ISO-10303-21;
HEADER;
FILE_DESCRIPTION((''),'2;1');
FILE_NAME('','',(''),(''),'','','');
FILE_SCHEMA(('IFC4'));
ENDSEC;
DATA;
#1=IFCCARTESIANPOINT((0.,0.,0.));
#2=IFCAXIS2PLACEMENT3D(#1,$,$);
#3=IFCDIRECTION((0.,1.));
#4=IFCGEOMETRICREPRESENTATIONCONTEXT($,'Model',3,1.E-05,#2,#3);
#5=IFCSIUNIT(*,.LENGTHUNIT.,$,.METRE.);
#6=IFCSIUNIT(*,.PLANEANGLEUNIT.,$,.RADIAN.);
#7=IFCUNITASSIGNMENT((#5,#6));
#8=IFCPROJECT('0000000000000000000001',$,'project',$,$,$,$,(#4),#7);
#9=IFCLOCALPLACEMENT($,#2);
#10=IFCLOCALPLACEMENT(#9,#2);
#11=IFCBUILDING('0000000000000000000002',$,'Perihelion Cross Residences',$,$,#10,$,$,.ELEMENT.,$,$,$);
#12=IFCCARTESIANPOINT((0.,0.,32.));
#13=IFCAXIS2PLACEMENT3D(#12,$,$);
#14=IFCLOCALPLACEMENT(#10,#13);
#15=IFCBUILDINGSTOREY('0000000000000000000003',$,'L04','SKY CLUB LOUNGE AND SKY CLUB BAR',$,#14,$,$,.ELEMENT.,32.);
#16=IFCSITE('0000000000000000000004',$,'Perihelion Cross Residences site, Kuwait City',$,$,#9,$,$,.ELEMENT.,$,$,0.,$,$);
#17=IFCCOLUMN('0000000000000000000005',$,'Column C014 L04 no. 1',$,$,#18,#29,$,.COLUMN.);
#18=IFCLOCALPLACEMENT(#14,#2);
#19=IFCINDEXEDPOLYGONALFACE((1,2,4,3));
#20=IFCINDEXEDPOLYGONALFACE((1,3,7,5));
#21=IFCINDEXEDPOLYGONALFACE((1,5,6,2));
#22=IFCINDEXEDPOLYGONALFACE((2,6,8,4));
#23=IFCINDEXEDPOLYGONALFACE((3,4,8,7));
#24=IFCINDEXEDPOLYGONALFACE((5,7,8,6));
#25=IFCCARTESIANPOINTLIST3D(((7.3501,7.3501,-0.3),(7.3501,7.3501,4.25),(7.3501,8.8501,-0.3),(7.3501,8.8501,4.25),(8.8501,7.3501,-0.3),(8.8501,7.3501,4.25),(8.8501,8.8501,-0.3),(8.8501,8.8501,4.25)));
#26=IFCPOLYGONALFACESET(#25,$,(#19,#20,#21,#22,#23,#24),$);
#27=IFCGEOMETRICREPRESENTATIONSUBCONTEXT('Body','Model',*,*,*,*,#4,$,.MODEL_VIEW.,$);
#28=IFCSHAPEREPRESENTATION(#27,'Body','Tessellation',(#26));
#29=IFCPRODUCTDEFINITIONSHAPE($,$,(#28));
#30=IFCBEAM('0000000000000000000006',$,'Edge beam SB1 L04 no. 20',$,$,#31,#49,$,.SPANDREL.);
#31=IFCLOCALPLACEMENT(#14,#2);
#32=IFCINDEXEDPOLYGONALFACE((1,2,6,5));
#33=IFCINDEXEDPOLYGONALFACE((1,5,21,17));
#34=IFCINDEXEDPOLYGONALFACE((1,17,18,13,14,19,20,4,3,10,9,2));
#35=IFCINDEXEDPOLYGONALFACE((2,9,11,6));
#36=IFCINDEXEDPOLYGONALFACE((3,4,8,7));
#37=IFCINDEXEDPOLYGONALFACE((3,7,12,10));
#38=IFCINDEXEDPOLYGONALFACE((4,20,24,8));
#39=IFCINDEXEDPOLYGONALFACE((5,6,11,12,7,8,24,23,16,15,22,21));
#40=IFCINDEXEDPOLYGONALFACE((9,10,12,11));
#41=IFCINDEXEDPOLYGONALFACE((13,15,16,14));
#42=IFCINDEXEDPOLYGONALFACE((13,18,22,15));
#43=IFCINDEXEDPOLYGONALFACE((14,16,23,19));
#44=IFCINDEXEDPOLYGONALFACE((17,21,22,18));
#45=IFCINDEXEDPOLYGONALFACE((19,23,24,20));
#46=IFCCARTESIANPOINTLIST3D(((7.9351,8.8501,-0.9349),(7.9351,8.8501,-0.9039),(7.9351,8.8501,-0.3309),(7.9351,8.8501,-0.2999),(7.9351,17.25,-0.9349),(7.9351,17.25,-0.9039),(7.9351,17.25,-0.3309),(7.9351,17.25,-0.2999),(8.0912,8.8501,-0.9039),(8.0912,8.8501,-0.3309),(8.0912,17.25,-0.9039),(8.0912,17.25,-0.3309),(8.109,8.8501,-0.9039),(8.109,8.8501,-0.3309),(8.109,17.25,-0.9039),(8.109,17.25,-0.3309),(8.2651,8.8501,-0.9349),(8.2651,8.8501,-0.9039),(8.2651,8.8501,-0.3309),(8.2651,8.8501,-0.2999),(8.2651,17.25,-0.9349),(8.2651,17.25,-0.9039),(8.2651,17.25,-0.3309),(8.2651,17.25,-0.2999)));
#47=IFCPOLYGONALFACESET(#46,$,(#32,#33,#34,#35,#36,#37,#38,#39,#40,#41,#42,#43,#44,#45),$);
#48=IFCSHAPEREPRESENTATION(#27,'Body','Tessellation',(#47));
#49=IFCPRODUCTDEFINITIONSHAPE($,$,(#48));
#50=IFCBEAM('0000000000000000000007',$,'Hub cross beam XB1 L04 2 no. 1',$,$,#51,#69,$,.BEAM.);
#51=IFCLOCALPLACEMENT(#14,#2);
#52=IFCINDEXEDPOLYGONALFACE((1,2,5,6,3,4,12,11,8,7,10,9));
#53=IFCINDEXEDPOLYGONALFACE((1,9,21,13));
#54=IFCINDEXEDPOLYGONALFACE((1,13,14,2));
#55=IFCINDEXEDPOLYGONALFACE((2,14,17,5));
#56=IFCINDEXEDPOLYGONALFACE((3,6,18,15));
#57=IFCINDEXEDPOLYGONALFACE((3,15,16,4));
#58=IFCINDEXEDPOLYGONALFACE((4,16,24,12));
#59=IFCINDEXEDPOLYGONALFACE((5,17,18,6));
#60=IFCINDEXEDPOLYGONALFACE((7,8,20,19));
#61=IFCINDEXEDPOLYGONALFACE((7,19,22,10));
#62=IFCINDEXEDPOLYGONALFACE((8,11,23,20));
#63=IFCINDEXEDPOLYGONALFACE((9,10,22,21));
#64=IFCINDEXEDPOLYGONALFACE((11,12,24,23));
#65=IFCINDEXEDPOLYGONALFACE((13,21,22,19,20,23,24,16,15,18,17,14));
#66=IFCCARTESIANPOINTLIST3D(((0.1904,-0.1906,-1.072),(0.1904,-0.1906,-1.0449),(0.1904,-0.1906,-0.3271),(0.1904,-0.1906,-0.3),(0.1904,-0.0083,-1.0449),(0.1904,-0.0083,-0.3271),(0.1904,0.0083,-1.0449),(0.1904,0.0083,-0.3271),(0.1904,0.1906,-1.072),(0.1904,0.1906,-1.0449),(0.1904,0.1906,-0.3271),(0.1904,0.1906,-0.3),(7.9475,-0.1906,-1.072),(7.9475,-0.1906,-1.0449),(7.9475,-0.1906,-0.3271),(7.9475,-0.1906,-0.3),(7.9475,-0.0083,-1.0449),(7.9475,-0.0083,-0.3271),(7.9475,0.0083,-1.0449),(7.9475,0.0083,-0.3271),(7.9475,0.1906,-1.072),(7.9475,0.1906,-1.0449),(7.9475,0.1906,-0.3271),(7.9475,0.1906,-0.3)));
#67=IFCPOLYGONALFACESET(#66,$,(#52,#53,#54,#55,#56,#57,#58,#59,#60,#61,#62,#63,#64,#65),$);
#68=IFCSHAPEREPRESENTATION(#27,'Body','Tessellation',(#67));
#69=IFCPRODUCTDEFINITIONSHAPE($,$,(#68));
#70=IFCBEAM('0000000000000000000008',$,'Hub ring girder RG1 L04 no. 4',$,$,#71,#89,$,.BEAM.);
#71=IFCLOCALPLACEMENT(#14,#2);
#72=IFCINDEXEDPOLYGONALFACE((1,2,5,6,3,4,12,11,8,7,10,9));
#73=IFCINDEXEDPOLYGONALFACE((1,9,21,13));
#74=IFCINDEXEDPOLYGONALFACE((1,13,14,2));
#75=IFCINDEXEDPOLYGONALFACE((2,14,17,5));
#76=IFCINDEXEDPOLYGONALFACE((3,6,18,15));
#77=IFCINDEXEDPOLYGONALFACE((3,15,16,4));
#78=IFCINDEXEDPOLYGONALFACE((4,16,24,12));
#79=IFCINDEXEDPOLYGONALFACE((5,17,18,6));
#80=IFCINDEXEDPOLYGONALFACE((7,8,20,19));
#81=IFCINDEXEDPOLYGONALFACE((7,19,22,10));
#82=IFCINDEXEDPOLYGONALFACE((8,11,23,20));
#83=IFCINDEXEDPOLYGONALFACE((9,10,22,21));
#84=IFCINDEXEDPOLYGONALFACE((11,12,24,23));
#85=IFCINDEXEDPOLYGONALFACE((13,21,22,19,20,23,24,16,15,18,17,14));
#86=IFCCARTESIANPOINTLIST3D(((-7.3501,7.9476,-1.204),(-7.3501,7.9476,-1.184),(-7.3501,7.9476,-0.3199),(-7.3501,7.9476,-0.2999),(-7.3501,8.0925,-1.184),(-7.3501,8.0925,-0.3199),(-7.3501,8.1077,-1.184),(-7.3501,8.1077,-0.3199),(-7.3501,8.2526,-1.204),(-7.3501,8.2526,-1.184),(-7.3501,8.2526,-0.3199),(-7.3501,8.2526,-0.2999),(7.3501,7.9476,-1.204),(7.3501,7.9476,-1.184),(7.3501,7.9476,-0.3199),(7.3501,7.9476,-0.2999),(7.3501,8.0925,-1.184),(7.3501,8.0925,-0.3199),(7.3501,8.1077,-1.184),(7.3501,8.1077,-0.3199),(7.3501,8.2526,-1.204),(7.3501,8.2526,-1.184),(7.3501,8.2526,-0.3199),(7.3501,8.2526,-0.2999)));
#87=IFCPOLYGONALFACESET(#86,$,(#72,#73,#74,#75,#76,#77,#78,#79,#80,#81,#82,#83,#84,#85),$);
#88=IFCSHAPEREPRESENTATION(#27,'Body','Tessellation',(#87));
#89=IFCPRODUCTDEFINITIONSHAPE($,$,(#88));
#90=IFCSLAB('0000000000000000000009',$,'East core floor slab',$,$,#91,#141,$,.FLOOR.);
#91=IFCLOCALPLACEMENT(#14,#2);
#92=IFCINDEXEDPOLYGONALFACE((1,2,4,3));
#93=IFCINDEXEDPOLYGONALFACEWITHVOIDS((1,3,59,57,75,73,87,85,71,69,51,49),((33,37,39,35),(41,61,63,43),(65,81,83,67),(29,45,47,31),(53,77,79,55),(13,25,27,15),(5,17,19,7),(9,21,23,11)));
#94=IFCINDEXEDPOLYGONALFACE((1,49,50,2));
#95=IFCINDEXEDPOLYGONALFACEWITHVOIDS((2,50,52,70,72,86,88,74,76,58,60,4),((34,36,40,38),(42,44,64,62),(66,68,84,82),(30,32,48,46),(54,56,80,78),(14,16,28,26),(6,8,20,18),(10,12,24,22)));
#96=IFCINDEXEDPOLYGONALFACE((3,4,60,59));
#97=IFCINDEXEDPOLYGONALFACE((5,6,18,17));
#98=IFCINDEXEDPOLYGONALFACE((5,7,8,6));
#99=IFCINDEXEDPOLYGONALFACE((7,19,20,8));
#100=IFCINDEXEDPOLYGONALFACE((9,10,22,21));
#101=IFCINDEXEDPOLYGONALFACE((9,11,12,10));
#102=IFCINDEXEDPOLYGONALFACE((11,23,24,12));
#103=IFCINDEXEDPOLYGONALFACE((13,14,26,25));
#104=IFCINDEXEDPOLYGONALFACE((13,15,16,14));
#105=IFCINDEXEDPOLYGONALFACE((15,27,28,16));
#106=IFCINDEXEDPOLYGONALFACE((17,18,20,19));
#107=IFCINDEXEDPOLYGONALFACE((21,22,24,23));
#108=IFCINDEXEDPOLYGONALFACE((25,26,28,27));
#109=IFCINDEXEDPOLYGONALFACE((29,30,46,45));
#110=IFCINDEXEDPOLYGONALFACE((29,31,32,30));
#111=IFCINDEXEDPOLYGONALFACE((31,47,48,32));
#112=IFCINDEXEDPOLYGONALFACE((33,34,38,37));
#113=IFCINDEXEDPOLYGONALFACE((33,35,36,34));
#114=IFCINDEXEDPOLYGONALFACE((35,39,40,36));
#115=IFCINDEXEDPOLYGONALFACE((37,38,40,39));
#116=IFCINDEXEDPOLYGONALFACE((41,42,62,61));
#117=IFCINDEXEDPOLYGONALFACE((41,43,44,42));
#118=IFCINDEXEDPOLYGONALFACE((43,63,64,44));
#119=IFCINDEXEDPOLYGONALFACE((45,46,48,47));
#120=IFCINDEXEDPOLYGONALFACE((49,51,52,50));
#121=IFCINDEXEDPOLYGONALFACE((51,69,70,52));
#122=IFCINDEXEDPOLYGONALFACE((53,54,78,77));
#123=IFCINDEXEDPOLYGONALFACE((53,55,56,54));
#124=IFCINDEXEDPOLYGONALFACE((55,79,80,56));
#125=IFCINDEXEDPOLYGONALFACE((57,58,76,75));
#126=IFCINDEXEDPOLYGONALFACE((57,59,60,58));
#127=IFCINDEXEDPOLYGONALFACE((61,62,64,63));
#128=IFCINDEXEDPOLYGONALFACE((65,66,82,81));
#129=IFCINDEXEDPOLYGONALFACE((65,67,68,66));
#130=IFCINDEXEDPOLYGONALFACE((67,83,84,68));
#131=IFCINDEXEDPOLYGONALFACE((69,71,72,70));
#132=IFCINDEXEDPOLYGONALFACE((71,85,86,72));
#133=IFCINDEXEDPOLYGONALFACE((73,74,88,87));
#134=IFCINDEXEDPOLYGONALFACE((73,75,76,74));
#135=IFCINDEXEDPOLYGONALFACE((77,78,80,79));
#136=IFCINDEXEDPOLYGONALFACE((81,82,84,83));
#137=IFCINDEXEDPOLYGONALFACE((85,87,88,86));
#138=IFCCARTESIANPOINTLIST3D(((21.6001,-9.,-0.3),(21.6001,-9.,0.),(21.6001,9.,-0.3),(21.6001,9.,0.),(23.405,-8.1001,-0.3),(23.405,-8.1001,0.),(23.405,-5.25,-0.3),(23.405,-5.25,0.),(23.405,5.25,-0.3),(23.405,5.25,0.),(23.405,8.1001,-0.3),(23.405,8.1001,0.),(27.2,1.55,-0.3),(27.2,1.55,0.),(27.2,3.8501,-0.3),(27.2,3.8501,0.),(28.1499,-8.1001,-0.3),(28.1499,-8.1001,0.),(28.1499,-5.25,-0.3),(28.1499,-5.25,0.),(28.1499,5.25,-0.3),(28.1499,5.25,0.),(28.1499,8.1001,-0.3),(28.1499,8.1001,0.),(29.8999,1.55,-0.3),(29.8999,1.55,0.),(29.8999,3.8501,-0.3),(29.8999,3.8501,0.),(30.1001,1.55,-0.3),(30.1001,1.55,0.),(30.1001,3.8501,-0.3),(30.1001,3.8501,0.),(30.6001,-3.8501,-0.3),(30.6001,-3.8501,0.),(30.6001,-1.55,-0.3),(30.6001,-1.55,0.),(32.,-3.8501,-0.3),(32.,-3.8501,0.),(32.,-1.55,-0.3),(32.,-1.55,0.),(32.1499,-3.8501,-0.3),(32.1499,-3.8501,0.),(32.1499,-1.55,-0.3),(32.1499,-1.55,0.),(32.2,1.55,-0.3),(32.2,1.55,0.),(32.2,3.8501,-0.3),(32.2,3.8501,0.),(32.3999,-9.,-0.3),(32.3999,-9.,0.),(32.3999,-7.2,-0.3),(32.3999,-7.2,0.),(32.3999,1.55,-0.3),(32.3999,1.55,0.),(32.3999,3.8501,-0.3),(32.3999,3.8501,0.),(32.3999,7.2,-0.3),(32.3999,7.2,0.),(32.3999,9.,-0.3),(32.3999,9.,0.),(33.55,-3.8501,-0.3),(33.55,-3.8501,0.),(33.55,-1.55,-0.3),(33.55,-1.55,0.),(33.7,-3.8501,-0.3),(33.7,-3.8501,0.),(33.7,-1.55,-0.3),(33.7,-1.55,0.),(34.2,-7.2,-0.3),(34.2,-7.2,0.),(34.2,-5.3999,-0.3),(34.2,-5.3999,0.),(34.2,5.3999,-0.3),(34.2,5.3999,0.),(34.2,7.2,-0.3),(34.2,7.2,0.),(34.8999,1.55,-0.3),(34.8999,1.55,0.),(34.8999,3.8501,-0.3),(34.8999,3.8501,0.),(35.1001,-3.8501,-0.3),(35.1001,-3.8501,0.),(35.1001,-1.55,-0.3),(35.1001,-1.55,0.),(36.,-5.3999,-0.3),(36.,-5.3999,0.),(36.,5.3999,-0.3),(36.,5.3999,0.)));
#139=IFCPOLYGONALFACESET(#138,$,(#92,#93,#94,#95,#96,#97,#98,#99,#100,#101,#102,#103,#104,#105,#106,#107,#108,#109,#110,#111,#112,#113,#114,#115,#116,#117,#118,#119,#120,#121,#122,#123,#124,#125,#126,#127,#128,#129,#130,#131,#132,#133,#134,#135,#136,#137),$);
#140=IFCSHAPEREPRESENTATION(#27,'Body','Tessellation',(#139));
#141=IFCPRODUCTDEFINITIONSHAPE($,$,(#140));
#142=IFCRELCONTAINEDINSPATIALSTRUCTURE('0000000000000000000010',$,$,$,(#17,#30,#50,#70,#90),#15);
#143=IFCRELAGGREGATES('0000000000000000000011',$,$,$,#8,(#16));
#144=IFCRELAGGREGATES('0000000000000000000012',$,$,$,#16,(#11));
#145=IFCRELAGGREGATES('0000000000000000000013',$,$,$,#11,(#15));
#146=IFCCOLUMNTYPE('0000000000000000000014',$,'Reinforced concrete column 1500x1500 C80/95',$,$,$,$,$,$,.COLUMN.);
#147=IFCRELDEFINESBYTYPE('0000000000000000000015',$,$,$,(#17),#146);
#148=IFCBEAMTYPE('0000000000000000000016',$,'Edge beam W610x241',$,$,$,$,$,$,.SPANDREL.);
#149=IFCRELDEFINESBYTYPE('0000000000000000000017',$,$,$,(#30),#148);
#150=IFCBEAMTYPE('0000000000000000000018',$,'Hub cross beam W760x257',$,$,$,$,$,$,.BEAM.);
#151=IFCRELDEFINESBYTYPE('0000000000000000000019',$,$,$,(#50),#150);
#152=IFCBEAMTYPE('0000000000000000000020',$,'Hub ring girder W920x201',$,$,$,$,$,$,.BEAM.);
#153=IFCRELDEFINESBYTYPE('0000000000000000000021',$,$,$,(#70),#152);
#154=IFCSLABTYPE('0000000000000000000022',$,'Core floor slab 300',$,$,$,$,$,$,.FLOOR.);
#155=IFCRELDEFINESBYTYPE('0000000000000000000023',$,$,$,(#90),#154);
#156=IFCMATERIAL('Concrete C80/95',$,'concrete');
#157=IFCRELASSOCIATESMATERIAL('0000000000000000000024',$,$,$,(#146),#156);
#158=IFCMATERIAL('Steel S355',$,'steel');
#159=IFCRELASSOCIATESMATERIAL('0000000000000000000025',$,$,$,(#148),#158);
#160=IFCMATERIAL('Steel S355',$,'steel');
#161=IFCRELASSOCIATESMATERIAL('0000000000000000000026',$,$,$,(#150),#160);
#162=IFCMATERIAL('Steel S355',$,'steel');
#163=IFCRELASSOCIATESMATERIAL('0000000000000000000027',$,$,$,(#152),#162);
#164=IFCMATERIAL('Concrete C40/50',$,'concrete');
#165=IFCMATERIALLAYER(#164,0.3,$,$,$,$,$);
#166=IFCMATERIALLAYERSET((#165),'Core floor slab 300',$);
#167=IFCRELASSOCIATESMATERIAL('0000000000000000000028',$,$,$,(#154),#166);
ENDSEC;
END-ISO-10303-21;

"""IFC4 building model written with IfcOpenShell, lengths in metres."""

from ifc_helpers import new_model, si_unit, direction, frame, origin, origin_2d, place, context, subcontext, project, spatial, polyline, rectangle, i_section, outline, extrude, material, layer, layer_set, material_profile, profile_set, type_object, element, save


model = new_model("IFC4")

# Units and contexts
model_context = context("Model", 3, precision=1e-05, world=origin(), true_north=direction((0.0, 1.0)))
body_context = subcontext(model_context, "Body", "Model", "MODEL_VIEW")
ifc_project = project(units=[si_unit("LENGTHUNIT", "METRE"), si_unit("PLANEANGLEUNIT", "RADIAN")], contexts=[model_context])

# Site, building, storey
site_placement = place(None, origin())
site = spatial("IfcSite", under=ifc_project, at=site_placement, Name="Perihelion Cross Residences site, Kuwait City", CompositionType="ELEMENT", RefElevation=0.0)
building_placement = place(site_placement, origin())
building = spatial("IfcBuilding", under=site, at=building_placement, Name="Perihelion Cross Residences", CompositionType="ELEMENT")
storey_placement = place(building_placement, frame((0.0, 0.0, 32.0)))
storey = spatial("IfcBuildingStorey", under=building, at=storey_placement, Name="L04", Description="SKY CLUB LOUNGE AND SKY CLUB BAR", CompositionType="ELEMENT", Elevation=32.0)

# Column
ifc_material_1 = material(Name="Concrete C80/95", Category="concrete")
ifc_material_profile_1 = material_profile(ifc_material_1, rectangle(XDim=1.5, YDim=1.5, at=origin_2d()), Name="RC 1500x1500")
ifc_profile_set_1 = profile_set([ifc_material_profile_1], Name="Concrete C80/95")
column_type = type_object("IfcColumnType", Name="Reinforced concrete column 1500x1500 C80/95", PredefinedType="COLUMN", material=ifc_profile_set_1)
column_placement = place(storey_placement, frame((8.1001, 8.1001, -0.3), z_axis=(0.0, 0.0, 1.0), x_axis=(1.0, 0.0, 0.0)))
element("IfcColumn", 1, at=column_placement, inside=storey, type_object=column_type, Name="Column C014 L04 no. 1", PredefinedType="COLUMN", context=body_context, shape_type="SweptSolid", body=[
    extrude(rectangle(XDim=1.5, YDim=1.5, at=origin_2d()), origin(), (0.0, 0.0, 1.0), 4.55),
])

# Beams
ifc_material_2 = material(Name="Steel S355", Category="steel")
ifc_material_profile_2 = material_profile(ifc_material_2, i_section(OverallWidth=0.3301, OverallDepth=0.635, WebThickness=0.0178, FlangeThickness=0.031, at=origin_2d()), Name="W610x241")
ifc_profile_set_2 = profile_set([ifc_material_profile_2], Name="Steel S355")
beam_type_1 = type_object("IfcBeamType", Name="Edge beam W610x241", PredefinedType="SPANDREL", material=ifc_profile_set_2)
beam_1_placement = place(storey_placement, frame((8.1001, 8.8501, -0.6174), z_axis=(0.0, 1.0, 0.0), x_axis=(-1.0, 0.0, 0.0)))
element("IfcBeam", 2, at=beam_1_placement, inside=storey, type_object=beam_type_1, Name="Edge beam SB1 L04 no. 20", PredefinedType="SPANDREL", context=body_context, shape_type="SweptSolid", body=[
    extrude(i_section(OverallWidth=0.3301, OverallDepth=0.635, WebThickness=0.0178, FlangeThickness=0.031, at=origin_2d()), origin(), (0.0, 0.0, 1.0), 8.3999),
])
ifc_material_3 = material(Name="Steel S355", Category="steel")
ifc_material_profile_3 = material_profile(ifc_material_3, i_section(OverallWidth=0.3811, OverallDepth=0.772, WebThickness=0.0166, FlangeThickness=0.0271, at=origin_2d()), Name="W760x257")
ifc_profile_set_3 = profile_set([ifc_material_profile_3], Name="Steel S355")
beam_type_2 = type_object("IfcBeamType", Name="Hub cross beam W760x257", PredefinedType="BEAM", material=ifc_profile_set_3)
beam_2_placement = place(storey_placement, frame((0.1904, 0.0, -0.686), z_axis=(1.0, 0.0, 0.0), x_axis=(0.0, 1.0, 0.0)))
element("IfcBeam", 3, at=beam_2_placement, inside=storey, type_object=beam_type_2, Name="Hub cross beam XB1 L04 2 no. 1", PredefinedType="BEAM", context=body_context, shape_type="SweptSolid", body=[
    extrude(i_section(OverallWidth=0.3811, OverallDepth=0.772, WebThickness=0.0166, FlangeThickness=0.0271, at=origin_2d()), origin(), (0.0, 0.0, 1.0), 7.7571),
])
ifc_material_4 = material(Name="Steel S355", Category="steel")
ifc_material_profile_4 = material_profile(ifc_material_4, i_section(OverallWidth=0.3049, OverallDepth=0.9041, WebThickness=0.0151, FlangeThickness=0.02, at=origin_2d()), Name="W920x201")
ifc_profile_set_4 = profile_set([ifc_material_profile_4], Name="Steel S355")
beam_type_3 = type_object("IfcBeamType", Name="Hub ring girder W920x201", PredefinedType="BEAM", material=ifc_profile_set_4)
beam_3_placement = place(storey_placement, frame((7.3501, 8.1001, -0.752), z_axis=(-1.0, 0.0, 0.0), x_axis=(0.0, -1.0, 0.0)))
element("IfcBeam", 4, at=beam_3_placement, inside=storey, type_object=beam_type_3, Name="Hub ring girder RG1 L04 no. 4", PredefinedType="BEAM", context=body_context, shape_type="SweptSolid", body=[
    extrude(i_section(OverallWidth=0.3049, OverallDepth=0.9041, WebThickness=0.0151, FlangeThickness=0.02, at=origin_2d()), origin(), (0.0, 0.0, 1.0), 14.7002),
])

# Slab
ifc_material_5 = material(Name="Concrete C40/50", Category="concrete")
ifc_layer_1 = layer(ifc_material_5, 0.3)
ifc_layer_set_1 = layer_set([ifc_layer_1], Name="Core floor slab 300")
slab_type_1 = type_object("IfcSlabType", Name="Core floor slab 300", PredefinedType="FLOOR", material=ifc_layer_set_1)
slab_1_placement = place(storey_placement, frame((0.0, 0.0, -0.3)))
element("IfcSlab", 5, at=slab_1_placement, inside=storey, type_object=slab_type_1, Name="East core floor slab", PredefinedType="FLOOR", context=body_context, shape_type="SweptSolid", body=[
    extrude(outline(polyline([(32.3999, 7.2), (34.2, 7.2), (34.2, 5.3999), (36.0, 5.3999), (36.0, -5.3999), (34.2, -5.3999), (34.2, -7.2), (32.3999, -7.2), (32.3999, -9.0), (21.6001, -9.0), (21.6001, 9.0), (32.3999, 9.0), (32.3999, 7.2)]), holes=[polyline([(23.405, -8.1001), (28.1499, -8.1001), (28.1499, -5.25), (23.405, -5.25), (23.405, -8.1001)]), polyline([(30.6001, -1.55), (30.6001, -3.8501), (32.0, -3.8501), (32.0, -1.55), (30.6001, -1.55)]), polyline([(32.1499, -1.55), (32.1499, -3.8501), (33.55, -3.8501), (33.55, -1.55), (32.1499, -1.55)]), polyline([(33.7, -1.55), (33.7, -3.8501), (35.1001, -3.8501), (35.1001, -1.55), (33.7, -1.55)]), polyline([(27.2, 3.8501), (27.2, 1.55), (29.8999, 1.55), (29.8999, 3.8501), (27.2, 3.8501)]), polyline([(30.1001, 3.8501), (30.1001, 1.55), (32.2, 1.55), (32.2, 3.8501), (30.1001, 3.8501)]), polyline([(32.3999, 3.8501), (32.3999, 1.55), (34.8999, 1.55), (34.8999, 3.8501), (32.3999, 3.8501)]), polyline([(23.405, 5.25), (28.1499, 5.25), (28.1499, 8.1001), (23.405, 8.1001), (23.405, 5.25)])]), origin(), (0.0, 0.0, 1.0), 0.3),
])

save(model, "model.ifc")
